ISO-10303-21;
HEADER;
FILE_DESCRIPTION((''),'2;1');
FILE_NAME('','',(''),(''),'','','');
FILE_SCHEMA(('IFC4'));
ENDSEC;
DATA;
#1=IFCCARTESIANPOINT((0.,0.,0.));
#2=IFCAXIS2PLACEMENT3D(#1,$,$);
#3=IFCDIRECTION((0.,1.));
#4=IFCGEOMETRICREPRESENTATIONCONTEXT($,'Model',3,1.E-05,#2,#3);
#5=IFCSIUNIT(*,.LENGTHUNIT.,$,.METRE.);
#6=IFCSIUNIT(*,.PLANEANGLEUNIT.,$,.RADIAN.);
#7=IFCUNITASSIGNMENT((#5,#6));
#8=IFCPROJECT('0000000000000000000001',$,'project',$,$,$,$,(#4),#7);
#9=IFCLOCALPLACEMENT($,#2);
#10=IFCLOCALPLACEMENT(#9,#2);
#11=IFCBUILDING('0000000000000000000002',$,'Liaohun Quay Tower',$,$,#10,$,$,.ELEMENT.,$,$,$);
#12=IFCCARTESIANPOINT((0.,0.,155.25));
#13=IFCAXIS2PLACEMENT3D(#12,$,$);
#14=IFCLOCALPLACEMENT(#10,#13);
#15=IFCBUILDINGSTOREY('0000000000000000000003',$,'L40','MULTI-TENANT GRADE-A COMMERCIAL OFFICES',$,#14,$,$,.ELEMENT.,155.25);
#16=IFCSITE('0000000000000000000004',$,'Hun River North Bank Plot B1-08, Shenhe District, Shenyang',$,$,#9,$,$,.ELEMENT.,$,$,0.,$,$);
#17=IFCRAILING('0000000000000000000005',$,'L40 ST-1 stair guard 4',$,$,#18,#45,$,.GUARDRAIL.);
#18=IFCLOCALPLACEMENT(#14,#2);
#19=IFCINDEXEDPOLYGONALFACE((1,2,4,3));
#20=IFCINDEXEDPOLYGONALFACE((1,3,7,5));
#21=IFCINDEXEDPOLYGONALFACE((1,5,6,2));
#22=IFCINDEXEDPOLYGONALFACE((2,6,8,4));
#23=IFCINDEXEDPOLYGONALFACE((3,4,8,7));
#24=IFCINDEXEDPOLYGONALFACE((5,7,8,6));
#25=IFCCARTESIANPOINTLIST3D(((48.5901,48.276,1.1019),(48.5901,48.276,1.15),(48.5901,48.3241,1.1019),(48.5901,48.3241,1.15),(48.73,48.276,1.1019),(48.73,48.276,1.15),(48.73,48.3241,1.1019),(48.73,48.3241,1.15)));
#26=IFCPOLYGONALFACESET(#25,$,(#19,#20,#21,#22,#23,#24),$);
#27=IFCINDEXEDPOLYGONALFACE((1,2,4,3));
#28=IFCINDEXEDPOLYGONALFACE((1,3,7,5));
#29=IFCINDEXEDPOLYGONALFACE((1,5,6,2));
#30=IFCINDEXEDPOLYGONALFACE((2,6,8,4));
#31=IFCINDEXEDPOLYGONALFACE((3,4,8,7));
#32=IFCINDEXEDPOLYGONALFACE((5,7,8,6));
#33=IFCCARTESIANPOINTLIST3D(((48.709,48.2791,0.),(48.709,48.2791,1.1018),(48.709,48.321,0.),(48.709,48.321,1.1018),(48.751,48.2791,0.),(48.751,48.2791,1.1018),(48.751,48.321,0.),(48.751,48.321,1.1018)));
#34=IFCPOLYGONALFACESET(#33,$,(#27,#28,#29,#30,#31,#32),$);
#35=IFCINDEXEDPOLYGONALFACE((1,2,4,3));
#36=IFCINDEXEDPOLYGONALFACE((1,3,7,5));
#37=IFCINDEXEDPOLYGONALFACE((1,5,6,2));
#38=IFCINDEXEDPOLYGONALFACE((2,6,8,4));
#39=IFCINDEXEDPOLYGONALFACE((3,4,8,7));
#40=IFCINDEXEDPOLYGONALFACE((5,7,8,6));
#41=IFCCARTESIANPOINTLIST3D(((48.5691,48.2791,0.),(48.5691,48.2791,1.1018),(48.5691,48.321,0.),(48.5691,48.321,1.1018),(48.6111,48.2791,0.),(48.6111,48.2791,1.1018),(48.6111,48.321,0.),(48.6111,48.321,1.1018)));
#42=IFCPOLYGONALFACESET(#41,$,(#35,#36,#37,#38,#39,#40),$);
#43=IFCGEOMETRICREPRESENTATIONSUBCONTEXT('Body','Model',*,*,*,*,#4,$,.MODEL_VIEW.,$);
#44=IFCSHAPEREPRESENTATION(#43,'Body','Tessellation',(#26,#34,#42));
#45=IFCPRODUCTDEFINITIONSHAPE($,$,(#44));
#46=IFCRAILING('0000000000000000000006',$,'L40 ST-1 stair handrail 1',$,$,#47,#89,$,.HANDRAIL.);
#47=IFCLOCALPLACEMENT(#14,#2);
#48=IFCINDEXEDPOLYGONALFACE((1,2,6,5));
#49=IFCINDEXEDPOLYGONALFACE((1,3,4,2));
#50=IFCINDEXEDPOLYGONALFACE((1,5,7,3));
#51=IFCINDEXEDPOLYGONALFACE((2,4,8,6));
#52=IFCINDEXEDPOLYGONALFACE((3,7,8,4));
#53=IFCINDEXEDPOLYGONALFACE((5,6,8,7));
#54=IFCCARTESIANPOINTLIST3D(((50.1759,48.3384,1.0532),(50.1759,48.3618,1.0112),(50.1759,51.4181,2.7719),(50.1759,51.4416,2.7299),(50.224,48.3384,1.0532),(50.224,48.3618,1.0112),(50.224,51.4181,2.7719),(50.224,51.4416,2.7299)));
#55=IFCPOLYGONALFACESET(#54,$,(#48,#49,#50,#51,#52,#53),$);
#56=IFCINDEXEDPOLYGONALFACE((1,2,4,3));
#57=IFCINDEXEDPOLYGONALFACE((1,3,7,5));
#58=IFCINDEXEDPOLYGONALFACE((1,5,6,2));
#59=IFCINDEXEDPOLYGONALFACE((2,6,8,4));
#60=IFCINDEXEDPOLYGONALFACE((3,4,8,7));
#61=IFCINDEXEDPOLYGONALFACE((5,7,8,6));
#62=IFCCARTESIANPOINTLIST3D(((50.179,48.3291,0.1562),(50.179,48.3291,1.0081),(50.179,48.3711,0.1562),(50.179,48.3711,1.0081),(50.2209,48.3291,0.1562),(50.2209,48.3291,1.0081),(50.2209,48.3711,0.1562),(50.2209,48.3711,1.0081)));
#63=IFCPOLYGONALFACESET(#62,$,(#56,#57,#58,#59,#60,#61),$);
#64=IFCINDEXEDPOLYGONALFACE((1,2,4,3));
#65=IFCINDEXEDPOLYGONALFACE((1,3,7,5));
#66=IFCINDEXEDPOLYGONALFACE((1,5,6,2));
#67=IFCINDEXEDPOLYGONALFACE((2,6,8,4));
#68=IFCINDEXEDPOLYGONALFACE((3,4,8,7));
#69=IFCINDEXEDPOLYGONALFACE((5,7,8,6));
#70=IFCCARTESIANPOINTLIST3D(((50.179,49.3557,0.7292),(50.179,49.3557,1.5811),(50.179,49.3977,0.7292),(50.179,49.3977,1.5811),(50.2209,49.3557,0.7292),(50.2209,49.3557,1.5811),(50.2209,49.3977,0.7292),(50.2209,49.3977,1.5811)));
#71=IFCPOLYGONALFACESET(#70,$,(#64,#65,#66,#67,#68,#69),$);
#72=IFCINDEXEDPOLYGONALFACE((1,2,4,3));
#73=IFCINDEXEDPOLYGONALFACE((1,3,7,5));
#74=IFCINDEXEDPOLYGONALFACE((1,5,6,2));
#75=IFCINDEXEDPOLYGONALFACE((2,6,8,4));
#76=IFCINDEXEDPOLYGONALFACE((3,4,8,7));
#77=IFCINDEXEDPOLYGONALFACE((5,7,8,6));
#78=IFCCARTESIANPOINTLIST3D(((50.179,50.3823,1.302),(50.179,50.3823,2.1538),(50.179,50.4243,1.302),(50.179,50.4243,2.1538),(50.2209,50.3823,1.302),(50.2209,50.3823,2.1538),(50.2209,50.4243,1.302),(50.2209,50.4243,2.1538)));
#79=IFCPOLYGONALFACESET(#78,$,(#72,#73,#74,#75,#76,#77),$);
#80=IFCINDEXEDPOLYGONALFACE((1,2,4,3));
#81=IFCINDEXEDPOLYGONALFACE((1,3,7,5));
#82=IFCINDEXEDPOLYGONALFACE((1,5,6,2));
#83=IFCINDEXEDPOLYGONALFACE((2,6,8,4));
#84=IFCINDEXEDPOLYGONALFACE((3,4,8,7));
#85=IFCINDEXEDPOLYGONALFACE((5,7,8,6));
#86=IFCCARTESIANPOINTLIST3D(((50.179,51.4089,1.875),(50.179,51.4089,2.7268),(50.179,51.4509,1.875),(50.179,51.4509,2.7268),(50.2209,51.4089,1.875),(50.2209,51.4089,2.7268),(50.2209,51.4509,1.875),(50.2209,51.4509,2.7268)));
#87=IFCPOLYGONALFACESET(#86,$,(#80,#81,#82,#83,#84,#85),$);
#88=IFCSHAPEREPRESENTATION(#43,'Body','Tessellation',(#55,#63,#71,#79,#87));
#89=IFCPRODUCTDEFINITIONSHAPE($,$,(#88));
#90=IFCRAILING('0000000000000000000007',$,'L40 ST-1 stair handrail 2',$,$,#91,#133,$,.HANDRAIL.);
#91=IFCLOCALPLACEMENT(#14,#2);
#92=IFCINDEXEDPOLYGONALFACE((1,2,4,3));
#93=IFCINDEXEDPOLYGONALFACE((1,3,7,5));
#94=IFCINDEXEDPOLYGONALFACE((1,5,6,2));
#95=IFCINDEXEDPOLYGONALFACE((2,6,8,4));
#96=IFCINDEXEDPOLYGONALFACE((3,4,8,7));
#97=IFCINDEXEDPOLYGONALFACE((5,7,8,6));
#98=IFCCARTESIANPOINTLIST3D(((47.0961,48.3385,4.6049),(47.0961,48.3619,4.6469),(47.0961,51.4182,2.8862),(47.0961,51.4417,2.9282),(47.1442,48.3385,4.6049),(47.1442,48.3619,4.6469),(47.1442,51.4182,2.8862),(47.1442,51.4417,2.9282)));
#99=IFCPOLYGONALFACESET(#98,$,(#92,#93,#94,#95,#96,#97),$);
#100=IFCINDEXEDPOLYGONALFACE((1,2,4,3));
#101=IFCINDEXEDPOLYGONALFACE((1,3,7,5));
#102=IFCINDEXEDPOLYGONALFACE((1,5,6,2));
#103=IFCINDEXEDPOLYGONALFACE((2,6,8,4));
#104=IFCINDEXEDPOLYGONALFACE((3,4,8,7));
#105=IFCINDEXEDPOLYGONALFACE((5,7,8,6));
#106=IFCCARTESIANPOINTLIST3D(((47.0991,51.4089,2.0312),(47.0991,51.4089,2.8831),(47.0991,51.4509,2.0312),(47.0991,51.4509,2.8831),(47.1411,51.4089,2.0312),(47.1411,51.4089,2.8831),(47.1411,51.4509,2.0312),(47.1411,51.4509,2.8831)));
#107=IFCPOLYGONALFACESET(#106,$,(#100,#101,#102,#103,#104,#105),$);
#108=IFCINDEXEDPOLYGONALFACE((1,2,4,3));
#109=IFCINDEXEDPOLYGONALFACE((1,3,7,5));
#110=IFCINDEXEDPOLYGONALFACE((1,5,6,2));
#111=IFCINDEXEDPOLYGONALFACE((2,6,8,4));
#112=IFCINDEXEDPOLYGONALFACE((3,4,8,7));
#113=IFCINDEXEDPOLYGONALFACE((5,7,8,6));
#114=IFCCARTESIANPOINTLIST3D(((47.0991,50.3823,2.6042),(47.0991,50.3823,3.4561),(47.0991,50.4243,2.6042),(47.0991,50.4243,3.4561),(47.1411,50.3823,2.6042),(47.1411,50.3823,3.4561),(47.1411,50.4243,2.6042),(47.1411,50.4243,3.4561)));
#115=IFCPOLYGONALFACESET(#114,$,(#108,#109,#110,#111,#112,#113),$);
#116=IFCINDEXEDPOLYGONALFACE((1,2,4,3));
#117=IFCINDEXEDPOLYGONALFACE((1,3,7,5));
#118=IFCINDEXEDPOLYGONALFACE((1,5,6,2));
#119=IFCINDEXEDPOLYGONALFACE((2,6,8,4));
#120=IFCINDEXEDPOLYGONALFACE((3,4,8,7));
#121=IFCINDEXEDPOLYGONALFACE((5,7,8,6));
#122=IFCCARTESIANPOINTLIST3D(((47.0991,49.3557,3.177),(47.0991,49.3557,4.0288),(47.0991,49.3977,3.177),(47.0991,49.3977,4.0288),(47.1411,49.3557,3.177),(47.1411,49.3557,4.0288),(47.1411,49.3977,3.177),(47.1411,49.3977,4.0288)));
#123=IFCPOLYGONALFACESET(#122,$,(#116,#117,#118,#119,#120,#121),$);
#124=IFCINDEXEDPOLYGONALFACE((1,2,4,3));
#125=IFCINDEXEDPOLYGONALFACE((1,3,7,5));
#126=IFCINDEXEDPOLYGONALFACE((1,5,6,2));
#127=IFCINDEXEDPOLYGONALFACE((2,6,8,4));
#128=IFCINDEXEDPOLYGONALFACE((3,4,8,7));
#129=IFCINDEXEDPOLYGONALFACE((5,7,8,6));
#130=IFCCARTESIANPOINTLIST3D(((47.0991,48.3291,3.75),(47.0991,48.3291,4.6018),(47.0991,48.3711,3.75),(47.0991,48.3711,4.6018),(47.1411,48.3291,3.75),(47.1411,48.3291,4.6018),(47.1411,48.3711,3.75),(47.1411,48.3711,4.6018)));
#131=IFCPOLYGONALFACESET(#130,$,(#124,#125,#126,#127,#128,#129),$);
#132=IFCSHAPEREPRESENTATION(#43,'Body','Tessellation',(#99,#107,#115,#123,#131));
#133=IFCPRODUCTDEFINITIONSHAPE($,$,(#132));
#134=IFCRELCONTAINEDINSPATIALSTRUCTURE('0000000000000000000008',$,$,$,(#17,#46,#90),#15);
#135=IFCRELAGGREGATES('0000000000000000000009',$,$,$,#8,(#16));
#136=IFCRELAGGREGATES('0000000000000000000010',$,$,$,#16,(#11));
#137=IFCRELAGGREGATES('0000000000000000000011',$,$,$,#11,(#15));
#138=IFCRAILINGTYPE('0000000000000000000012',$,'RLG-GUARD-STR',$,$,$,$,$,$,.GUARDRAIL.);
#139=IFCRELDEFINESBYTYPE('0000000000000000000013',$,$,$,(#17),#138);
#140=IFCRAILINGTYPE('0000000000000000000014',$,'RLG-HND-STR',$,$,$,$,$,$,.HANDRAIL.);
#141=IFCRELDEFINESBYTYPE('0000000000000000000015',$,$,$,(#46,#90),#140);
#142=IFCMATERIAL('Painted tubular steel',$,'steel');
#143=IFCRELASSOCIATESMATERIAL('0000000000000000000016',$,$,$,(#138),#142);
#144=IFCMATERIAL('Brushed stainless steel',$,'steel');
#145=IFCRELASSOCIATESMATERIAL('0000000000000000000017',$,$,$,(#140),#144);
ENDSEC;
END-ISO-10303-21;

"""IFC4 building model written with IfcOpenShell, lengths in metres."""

from ifc_helpers import new_model, si_unit, direction, frame, origin, origin_2d, place, context, subcontext, project, spatial, rectangle, extrude, material, type_object, element, save


model = new_model("IFC4")

# Units and contexts
model_context = context("Model", 3, precision=1e-05, world=origin(), true_north=direction((0.0, 1.0)))
body_context = subcontext(model_context, "Body", "Model", "MODEL_VIEW")
ifc_project = project(units=[si_unit("LENGTHUNIT", "METRE"), si_unit("PLANEANGLEUNIT", "RADIAN")], contexts=[model_context])

# Site, building, storey
site_placement = place(None, origin())
site = spatial("IfcSite", under=ifc_project, at=site_placement, Name="Hun River North Bank Plot B1-08, Shenhe District, Shenyang", CompositionType="ELEMENT", RefElevation=0.0)
building_placement = place(site_placement, origin())
building = spatial("IfcBuilding", under=site, at=building_placement, Name="Liaohun Quay Tower", CompositionType="ELEMENT")
storey_placement = place(building_placement, frame((0.0, 0.0, 155.25)))
storey = spatial("IfcBuildingStorey", under=building, at=storey_placement, Name="L40", Description="MULTI-TENANT GRADE-A COMMERCIAL OFFICES", CompositionType="ELEMENT", Elevation=155.25)

# Railings
ifc_material_1 = material(Name="Painted tubular steel", Category="steel")
railing_type_1 = type_object("IfcRailingType", Name="RLG-GUARD-STR", PredefinedType="GUARDRAIL", material=ifc_material_1)
railing_1_placement = place(storey_placement, frame((48.73, 48.3, 0.0)))
element("IfcRailing", 1, at=railing_1_placement, inside=storey, type_object=railing_type_1, Name="L40 ST-1 stair guard 4", PredefinedType="GUARDRAIL", context=body_context, shape_type="SweptSolid", body=[
    extrude(rectangle(XDim=0.0481, YDim=0.0481, at=origin_2d()), frame((0.0, 0.0, 1.126), z_axis=(-1.0, 0.0, 0.0), x_axis=(0.0, -1.0, 0.0)), (0.0, 0.0, 1.0), 0.1399),
    extrude(rectangle(XDim=0.042, YDim=0.042, at=origin_2d()), origin(), (0.0, 0.0, 1.0), 1.1018),
    extrude(rectangle(XDim=0.042, YDim=0.042, at=origin_2d()), frame((-0.1399, 0.0, 0.0)), (0.0, 0.0, 1.0), 1.1018),
])
ifc_material_2 = material(Name="Brushed stainless steel", Category="steel")
railing_type_2 = type_object("IfcRailingType", Name="RLG-HND-STR", PredefinedType="HANDRAIL", material=ifc_material_2)
railing_2_placement = place(storey_placement, frame((50.2, 48.3501, 0.1562)))
element("IfcRailing", 2, at=railing_2_placement, inside=storey, type_object=railing_type_2, Name="L40 ST-1 stair handrail 1", PredefinedType="HANDRAIL", context=body_context, shape_type="SweptSolid", body=[
    extrude(rectangle(XDim=0.0481, YDim=0.0481, at=origin_2d()), frame((0.0, 0.0, 0.876), z_axis=(0.0, 0.873225, 0.487317), x_axis=(-1.0, 0.0, 0.0)), (0.0, 0.0, 1.0), 3.5269),
    extrude(rectangle(XDim=0.042, YDim=0.042, at=origin_2d()), origin(), (0.0, 0.0, 1.0), 0.8518),
    extrude(rectangle(XDim=0.042, YDim=0.042, at=origin_2d()), frame((0.0, 1.0266, 0.573)), (0.0, 0.0, 1.0), 0.8518),
    extrude(rectangle(XDim=0.042, YDim=0.042, at=origin_2d()), frame((0.0, 2.0532, 1.1458)), (0.0, 0.0, 1.0), 0.8518),
    extrude(rectangle(XDim=0.042, YDim=0.042, at=origin_2d()), frame((0.0, 3.0798, 1.7188)), (0.0, 0.0, 1.0), 0.8518),
])
railing_3_placement = place(storey_placement, frame((47.1201, 51.4299, 2.0312)))
element("IfcRailing", 3, at=railing_3_placement, inside=storey, type_object=railing_type_2, Name="L40 ST-1 stair handrail 2", PredefinedType="HANDRAIL", context=body_context, shape_type="SweptSolid", body=[
    extrude(rectangle(XDim=0.0481, YDim=0.0481, at=origin_2d()), frame((0.0, 0.0, 0.876), z_axis=(0.0, -0.873225, 0.487317), x_axis=(1.0, 0.0, 0.0)), (0.0, 0.0, 1.0), 3.5269),
    extrude(rectangle(XDim=0.042, YDim=0.042, at=origin_2d()), origin(), (0.0, 0.0, 1.0), 0.8518),
    extrude(rectangle(XDim=0.042, YDim=0.042, at=origin_2d()), frame((0.0, -1.0266, 0.573)), (0.0, 0.0, 1.0), 0.8518),
    extrude(rectangle(XDim=0.042, YDim=0.042, at=origin_2d()), frame((0.0, -2.0532, 1.1458)), (0.0, 0.0, 1.0), 0.8518),
    extrude(rectangle(XDim=0.042, YDim=0.042, at=origin_2d()), frame((0.0, -3.0798, 1.7188)), (0.0, 0.0, 1.0), 0.8518),
])

save(model, "model.ifc")
